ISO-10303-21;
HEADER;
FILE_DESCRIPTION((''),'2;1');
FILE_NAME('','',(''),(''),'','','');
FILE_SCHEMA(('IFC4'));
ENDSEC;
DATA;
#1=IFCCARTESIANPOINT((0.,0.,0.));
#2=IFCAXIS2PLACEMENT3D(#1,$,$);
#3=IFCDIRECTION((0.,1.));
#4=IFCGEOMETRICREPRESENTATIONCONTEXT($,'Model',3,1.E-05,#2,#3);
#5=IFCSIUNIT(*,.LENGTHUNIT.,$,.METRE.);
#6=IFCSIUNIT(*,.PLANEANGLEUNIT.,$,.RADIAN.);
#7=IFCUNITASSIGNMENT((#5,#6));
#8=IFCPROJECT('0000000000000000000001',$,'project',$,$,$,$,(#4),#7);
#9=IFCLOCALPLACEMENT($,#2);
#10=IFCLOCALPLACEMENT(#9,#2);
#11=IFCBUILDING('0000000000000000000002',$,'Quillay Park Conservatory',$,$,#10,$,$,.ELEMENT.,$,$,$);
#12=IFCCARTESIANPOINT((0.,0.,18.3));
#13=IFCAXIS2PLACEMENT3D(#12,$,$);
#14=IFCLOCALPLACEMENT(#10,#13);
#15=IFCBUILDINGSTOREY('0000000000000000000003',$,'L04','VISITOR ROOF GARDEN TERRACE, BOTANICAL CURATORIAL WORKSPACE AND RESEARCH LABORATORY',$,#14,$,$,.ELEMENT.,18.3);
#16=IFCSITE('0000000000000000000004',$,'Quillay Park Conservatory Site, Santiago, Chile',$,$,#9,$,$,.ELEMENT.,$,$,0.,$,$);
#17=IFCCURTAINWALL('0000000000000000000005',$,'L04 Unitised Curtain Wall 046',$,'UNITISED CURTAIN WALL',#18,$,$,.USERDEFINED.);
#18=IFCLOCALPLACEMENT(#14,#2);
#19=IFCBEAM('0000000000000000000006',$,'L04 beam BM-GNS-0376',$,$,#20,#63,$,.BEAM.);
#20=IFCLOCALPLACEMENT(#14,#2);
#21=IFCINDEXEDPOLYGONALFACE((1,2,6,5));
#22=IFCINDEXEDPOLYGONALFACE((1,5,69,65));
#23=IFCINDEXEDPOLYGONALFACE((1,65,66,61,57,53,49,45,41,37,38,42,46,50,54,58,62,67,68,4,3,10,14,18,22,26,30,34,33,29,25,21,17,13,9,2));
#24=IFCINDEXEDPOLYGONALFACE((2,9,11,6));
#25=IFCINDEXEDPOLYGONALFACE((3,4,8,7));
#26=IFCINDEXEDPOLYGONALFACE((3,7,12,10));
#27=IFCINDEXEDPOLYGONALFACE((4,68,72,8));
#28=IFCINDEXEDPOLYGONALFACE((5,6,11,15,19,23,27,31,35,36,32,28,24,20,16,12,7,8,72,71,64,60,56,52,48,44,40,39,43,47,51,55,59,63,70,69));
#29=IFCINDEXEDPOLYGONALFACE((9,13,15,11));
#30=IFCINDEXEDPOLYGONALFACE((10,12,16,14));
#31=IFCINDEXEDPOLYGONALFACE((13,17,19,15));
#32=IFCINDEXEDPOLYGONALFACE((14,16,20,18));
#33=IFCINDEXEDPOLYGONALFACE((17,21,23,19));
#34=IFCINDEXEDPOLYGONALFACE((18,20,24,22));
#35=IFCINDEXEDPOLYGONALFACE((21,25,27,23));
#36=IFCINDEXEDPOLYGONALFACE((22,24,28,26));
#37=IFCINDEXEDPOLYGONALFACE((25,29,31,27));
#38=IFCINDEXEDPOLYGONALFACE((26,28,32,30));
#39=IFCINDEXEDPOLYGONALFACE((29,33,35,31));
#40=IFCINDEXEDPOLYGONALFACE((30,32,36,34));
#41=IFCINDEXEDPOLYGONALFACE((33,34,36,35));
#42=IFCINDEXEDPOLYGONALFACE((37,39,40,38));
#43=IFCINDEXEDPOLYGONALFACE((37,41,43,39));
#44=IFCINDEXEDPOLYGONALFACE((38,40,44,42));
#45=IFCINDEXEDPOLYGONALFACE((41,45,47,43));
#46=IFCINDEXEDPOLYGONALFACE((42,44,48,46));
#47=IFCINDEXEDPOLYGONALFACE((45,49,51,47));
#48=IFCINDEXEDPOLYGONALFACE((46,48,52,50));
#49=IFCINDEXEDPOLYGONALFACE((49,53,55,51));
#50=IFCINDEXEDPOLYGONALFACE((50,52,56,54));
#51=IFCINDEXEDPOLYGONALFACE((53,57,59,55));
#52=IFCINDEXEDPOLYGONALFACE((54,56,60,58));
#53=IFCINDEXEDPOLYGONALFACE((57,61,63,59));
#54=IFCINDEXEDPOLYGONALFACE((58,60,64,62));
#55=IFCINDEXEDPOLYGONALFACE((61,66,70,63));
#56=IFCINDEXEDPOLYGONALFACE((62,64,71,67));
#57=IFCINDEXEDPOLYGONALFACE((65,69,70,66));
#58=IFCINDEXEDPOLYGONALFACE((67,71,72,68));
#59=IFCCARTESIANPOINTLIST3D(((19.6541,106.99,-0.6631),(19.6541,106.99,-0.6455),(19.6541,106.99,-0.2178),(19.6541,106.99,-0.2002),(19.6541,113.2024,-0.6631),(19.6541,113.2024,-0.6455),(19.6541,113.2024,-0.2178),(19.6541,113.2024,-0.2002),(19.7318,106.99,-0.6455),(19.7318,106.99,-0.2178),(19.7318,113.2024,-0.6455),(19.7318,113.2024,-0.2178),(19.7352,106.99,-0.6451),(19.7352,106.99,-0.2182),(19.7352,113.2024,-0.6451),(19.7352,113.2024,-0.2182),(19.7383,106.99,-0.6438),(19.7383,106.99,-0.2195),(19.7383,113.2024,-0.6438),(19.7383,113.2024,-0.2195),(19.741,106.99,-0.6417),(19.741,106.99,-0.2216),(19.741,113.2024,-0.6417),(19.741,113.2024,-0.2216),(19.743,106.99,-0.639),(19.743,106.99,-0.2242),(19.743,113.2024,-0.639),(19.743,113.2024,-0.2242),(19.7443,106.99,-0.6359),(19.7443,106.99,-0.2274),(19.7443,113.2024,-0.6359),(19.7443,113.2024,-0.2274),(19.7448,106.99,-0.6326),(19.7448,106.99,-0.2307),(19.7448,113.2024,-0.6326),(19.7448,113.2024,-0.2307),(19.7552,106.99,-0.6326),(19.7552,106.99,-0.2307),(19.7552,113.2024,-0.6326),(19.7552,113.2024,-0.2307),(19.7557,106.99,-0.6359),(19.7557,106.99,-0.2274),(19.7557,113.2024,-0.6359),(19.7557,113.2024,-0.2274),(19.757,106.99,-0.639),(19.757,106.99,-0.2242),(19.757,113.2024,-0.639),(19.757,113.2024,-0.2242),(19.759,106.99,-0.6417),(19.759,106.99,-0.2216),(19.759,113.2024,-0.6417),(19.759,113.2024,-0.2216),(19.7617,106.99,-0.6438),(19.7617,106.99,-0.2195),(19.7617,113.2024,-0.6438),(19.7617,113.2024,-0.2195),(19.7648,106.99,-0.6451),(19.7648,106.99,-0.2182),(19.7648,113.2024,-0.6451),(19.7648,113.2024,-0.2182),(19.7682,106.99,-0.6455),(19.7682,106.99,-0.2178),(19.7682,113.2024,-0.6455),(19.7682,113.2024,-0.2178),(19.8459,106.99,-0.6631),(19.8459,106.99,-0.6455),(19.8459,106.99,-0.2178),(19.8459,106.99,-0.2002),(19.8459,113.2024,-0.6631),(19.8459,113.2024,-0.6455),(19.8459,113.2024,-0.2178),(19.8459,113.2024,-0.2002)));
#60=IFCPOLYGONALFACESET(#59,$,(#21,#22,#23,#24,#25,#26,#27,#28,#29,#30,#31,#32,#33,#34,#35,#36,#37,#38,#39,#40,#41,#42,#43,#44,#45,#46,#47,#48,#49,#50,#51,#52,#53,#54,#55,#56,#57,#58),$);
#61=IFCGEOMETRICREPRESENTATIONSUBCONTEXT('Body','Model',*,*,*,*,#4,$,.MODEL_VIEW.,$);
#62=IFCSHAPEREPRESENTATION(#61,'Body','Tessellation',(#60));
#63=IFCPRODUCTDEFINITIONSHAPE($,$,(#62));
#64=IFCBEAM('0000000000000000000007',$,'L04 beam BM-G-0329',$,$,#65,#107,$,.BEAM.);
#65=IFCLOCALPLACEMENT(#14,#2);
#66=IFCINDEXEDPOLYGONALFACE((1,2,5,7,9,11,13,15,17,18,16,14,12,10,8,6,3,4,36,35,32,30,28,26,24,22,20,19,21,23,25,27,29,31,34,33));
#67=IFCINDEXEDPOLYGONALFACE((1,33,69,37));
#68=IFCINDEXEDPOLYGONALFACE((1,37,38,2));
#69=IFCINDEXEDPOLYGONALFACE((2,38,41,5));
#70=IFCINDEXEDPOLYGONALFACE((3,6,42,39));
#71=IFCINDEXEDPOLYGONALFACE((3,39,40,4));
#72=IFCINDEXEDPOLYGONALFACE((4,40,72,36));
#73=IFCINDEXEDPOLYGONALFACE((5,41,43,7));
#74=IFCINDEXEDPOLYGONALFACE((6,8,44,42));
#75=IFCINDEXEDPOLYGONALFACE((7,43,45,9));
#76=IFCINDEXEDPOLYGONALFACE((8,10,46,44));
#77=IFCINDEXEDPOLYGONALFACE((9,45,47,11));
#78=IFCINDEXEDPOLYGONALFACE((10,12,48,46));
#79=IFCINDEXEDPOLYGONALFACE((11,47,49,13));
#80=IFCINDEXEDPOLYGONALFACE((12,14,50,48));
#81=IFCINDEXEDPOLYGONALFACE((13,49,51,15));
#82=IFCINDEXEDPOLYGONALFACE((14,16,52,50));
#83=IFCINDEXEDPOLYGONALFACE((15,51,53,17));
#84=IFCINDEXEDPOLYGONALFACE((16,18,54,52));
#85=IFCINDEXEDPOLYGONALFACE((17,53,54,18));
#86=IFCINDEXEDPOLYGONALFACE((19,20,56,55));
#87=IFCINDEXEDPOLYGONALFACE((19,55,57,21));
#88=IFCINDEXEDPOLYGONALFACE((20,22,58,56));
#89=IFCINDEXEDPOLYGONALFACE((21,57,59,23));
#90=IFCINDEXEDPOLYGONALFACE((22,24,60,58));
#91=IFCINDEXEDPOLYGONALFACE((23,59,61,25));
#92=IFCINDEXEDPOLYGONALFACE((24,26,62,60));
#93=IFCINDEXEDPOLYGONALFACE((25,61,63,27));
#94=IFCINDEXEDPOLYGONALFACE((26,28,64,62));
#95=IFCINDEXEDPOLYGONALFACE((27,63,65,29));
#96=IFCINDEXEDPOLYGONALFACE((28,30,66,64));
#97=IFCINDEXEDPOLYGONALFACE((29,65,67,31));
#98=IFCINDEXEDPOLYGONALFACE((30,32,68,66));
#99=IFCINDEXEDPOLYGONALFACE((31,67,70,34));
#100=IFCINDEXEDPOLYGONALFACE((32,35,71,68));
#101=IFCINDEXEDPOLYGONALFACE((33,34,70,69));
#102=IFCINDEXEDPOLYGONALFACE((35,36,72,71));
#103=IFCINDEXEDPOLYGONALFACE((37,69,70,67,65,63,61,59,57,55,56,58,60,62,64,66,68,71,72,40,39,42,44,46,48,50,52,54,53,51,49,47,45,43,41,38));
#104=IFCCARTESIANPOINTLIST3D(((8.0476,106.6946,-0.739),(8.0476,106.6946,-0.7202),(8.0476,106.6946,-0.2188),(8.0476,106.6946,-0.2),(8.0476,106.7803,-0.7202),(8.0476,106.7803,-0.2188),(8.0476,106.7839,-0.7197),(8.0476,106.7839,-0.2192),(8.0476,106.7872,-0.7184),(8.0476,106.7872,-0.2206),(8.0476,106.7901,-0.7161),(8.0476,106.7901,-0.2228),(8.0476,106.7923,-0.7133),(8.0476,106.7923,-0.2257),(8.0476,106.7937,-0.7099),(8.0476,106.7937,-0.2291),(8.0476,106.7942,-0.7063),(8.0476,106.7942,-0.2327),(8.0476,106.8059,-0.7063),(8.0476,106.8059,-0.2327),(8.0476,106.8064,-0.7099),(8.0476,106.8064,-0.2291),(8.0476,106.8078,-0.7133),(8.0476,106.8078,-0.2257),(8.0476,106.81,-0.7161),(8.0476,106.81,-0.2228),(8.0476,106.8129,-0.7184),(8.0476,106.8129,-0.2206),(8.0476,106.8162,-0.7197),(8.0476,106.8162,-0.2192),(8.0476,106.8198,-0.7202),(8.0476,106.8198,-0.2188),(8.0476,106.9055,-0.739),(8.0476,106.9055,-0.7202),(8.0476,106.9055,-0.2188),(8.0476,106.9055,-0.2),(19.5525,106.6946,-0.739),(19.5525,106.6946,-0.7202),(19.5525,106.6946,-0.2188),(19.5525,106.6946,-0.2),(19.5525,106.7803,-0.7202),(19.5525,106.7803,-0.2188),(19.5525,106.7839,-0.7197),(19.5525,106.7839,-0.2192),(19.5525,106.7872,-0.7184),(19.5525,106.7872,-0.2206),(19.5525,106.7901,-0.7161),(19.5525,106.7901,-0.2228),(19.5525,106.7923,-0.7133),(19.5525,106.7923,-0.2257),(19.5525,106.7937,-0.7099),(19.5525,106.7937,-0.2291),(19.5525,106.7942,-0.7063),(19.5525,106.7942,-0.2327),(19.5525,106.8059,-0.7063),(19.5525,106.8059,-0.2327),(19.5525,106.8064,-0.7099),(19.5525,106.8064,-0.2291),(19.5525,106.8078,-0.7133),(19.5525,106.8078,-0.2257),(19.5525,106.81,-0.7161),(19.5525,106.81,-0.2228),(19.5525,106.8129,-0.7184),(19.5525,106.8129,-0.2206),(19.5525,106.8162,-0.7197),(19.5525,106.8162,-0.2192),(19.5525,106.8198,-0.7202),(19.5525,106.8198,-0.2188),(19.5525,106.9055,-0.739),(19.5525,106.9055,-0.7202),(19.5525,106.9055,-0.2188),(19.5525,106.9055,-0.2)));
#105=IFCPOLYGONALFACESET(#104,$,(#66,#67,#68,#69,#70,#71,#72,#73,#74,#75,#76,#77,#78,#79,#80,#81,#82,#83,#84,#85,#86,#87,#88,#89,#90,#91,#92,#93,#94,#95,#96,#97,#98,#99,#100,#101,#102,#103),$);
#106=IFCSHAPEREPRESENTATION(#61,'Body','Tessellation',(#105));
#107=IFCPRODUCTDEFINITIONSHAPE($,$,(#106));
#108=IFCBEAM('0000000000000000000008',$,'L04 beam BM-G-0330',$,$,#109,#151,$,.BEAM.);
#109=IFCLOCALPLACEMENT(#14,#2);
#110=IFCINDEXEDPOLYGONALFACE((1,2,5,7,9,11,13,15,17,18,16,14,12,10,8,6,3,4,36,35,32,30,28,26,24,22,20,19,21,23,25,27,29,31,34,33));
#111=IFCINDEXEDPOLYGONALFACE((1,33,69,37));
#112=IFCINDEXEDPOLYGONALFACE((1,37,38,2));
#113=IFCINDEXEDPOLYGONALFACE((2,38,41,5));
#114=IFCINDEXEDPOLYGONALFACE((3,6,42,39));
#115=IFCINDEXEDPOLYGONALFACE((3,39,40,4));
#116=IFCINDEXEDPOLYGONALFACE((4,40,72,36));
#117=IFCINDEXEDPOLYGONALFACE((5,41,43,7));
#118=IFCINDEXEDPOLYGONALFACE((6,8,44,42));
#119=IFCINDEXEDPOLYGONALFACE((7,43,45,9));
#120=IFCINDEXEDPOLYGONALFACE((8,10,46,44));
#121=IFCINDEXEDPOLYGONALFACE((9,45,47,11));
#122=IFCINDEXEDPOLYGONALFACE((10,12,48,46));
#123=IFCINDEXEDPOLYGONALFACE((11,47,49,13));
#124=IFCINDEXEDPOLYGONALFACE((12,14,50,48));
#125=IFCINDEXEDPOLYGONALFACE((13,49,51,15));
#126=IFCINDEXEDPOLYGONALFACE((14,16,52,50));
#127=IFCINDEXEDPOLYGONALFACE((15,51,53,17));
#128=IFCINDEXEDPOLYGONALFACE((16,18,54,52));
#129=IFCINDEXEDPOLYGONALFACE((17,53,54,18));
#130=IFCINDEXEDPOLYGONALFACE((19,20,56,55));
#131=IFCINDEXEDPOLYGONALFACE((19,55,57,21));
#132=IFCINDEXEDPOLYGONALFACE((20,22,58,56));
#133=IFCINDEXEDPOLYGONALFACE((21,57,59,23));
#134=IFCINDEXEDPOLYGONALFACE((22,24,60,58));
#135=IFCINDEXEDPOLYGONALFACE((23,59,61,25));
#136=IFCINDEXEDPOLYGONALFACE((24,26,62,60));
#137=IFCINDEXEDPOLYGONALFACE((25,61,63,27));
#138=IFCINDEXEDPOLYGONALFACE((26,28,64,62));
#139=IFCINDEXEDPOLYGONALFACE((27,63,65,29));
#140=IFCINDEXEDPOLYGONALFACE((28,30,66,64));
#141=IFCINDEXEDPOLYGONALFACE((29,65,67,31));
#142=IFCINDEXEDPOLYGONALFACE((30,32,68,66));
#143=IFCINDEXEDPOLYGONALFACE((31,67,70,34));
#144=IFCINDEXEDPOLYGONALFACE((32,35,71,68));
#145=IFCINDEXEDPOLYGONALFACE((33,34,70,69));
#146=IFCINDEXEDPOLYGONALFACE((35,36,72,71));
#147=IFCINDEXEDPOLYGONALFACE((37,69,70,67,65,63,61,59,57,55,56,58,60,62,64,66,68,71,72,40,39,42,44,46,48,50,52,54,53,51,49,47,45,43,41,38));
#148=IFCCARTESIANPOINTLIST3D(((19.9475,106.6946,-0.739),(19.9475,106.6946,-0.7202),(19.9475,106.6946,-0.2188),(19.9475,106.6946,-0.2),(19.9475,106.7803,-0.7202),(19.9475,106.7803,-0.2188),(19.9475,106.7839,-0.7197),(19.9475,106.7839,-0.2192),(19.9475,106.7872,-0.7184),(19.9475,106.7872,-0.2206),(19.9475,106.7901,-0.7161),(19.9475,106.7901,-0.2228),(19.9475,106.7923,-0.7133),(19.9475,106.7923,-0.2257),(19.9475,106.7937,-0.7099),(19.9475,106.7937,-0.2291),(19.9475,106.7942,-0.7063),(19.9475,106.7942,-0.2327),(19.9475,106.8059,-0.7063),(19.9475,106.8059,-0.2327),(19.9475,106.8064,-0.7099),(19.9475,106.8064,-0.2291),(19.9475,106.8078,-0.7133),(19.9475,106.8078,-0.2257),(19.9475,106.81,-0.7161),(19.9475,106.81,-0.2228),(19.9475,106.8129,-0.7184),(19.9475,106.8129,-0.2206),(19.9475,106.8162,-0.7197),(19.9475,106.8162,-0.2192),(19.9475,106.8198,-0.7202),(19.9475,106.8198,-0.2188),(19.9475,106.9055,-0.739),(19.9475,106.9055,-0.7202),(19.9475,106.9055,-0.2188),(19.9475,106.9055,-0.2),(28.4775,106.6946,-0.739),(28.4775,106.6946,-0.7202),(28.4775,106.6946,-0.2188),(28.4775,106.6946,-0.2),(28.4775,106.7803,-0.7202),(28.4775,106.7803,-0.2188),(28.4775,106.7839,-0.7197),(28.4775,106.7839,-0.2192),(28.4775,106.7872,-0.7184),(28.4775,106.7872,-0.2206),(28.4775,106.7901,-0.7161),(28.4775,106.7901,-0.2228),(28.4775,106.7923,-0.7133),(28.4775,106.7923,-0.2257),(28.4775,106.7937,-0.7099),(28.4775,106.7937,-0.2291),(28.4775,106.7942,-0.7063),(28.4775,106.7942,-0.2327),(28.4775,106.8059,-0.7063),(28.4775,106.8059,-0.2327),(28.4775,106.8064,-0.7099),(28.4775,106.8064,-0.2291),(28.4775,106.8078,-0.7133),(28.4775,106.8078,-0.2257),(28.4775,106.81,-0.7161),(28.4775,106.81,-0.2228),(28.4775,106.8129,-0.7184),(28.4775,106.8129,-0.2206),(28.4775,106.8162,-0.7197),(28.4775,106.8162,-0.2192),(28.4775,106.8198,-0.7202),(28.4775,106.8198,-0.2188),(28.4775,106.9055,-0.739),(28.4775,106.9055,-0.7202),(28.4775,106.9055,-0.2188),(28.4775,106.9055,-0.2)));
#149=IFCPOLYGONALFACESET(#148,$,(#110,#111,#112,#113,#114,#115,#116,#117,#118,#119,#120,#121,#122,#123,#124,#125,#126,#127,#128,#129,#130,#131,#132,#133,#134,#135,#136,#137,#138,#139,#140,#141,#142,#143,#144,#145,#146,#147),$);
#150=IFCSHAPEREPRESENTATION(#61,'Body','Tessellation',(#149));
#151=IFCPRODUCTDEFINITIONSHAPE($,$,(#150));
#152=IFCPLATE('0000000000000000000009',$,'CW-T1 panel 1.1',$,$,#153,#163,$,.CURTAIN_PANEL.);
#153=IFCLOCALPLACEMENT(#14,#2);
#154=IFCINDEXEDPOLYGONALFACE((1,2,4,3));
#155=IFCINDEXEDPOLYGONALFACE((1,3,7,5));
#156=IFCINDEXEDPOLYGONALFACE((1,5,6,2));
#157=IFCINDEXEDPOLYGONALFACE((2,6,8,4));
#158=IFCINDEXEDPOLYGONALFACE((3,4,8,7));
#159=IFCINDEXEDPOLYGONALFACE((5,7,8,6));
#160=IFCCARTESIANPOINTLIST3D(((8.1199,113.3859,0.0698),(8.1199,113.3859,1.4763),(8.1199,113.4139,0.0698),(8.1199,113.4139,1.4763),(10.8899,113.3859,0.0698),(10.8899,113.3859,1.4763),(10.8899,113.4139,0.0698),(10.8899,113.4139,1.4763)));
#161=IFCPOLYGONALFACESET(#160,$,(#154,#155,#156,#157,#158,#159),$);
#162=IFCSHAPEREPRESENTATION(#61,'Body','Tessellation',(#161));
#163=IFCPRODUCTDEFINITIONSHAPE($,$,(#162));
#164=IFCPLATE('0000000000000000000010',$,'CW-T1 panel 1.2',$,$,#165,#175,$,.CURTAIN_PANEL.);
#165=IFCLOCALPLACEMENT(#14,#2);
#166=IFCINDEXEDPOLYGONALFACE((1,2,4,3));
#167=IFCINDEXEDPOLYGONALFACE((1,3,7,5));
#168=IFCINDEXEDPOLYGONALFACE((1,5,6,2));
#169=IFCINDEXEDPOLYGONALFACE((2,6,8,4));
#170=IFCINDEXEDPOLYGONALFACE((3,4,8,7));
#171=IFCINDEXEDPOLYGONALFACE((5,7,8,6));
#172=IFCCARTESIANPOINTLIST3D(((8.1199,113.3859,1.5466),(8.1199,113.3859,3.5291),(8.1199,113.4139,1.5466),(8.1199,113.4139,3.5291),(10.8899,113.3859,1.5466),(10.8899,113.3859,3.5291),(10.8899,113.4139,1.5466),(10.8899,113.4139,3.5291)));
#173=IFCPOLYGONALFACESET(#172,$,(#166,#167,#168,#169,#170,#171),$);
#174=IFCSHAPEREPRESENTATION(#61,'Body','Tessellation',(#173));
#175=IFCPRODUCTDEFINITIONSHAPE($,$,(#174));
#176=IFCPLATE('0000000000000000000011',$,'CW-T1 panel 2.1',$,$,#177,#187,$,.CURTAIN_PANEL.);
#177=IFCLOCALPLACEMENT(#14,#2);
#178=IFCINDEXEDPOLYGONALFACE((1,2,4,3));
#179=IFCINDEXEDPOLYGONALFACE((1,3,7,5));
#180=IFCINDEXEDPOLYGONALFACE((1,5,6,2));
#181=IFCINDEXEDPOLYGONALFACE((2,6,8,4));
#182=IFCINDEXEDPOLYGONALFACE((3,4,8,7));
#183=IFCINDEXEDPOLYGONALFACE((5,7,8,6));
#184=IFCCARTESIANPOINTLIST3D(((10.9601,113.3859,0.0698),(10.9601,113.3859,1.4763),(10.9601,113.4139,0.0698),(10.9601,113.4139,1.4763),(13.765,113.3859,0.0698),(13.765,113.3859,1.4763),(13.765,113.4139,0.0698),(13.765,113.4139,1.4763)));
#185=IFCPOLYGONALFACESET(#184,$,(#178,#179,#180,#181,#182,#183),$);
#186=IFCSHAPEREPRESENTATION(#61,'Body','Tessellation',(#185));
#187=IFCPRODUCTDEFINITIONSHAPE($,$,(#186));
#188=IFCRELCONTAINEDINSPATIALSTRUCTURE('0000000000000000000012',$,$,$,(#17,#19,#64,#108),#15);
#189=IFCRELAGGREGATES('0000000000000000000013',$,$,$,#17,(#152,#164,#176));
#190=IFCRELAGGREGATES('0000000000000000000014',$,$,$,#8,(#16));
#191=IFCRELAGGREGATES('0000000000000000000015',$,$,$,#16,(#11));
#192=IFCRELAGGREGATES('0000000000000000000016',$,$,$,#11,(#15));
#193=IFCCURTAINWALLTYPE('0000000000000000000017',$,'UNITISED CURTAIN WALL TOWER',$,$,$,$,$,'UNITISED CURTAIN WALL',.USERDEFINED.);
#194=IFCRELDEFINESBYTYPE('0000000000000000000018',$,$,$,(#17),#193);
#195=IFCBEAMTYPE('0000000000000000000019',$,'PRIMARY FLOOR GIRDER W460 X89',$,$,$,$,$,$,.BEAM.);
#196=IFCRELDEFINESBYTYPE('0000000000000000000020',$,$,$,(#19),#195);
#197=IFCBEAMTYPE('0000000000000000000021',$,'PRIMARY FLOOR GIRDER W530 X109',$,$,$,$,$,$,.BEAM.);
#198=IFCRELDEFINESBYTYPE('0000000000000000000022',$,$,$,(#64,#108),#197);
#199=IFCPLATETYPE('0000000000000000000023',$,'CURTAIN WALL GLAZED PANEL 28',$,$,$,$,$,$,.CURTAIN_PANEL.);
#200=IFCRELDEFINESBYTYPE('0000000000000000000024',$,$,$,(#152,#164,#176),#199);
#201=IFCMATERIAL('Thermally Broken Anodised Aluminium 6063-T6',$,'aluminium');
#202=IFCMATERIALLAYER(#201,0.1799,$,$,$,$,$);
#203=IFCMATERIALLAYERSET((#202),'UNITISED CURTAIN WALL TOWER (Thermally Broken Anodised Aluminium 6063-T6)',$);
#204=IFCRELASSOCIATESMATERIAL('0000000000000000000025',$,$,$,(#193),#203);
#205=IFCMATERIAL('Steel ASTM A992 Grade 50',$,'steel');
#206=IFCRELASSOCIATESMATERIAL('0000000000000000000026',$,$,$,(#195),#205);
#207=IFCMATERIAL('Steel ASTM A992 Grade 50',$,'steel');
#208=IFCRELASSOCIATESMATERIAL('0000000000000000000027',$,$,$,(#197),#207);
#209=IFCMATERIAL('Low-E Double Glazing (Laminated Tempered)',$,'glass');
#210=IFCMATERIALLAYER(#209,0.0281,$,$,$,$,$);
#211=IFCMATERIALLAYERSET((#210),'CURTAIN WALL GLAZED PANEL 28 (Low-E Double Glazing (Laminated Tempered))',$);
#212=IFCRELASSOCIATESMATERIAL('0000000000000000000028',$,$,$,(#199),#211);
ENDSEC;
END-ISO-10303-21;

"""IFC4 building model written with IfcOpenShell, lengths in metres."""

from ifc_helpers import new_model, si_unit, direction, frame, origin, origin_2d, place, context, subcontext, project, spatial, rectangle, i_section, extrude, material, layer, layer_set, material_profile, profile_set, type_object, element, aggregate, save


model = new_model("IFC4")

# Units and contexts
model_context = context("Model", 3, precision=1e-05, world=origin(), true_north=direction((0.0, 1.0)))
body_context = subcontext(model_context, "Body", "Model", "MODEL_VIEW")
ifc_project = project(units=[si_unit("LENGTHUNIT", "METRE"), si_unit("PLANEANGLEUNIT", "RADIAN")], contexts=[model_context])

# Site, building, storey
site_placement = place(None, origin())
site = spatial("IfcSite", under=ifc_project, at=site_placement, Name="Quillay Park Conservatory Site, Santiago, Chile", CompositionType="ELEMENT", RefElevation=0.0)
building_placement = place(site_placement, origin())
building = spatial("IfcBuilding", under=site, at=building_placement, Name="Quillay Park Conservatory", CompositionType="ELEMENT")
storey_placement = place(building_placement, frame((0.0, 0.0, 18.3)))
storey = spatial("IfcBuildingStorey", under=building, at=storey_placement, Name="L04", Description="VISITOR ROOF GARDEN TERRACE, BOTANICAL CURATORIAL WORKSPACE AND RESEARCH LABORATORY", CompositionType="ELEMENT", Elevation=18.3)

# Curtain wall
ifc_material_1 = material(Name="Thermally Broken Anodised Aluminium 6063-T6", Category="aluminium")
ifc_layer_1 = layer(ifc_material_1, 0.1799)
ifc_layer_set_1 = layer_set([ifc_layer_1], Name="UNITISED CURTAIN WALL TOWER (Thermally Broken Anodised Aluminium 6063-T6)")
curtain_wall_type = type_object("IfcCurtainWallType", Name="UNITISED CURTAIN WALL TOWER", ElementType="UNITISED CURTAIN WALL", PredefinedType="USERDEFINED", material=ifc_layer_set_1)
curtain_wall_placement = place(storey_placement, origin())
curtain_wall = element("IfcCurtainWall", 1, at=curtain_wall_placement, inside=storey, type_object=curtain_wall_type, Name="L04 Unitised Curtain Wall 046", ObjectType="UNITISED CURTAIN WALL", PredefinedType="USERDEFINED")

# Beams
ifc_material_2 = material(Name="Steel ASTM A992 Grade 50", Category="steel")
ifc_material_profile_1 = material_profile(ifc_material_2, i_section(OverallWidth=0.1919, OverallDepth=0.4629, WebThickness=0.0105, FlangeThickness=0.0176, FilletRadius=0.0129, at=origin_2d()), Name="W460x89")
ifc_profile_set_1 = profile_set([ifc_material_profile_1], Name="Steel ASTM A992 Grade 50")
beam_type_1 = type_object("IfcBeamType", Name="PRIMARY FLOOR GIRDER W460 X89", PredefinedType="BEAM", material=ifc_profile_set_1)
beam_1_placement = place(storey_placement, frame((19.75, 106.99, -0.4316), z_axis=(0.0, 1.0, 0.0), x_axis=(-1.0, 0.0, 0.0)))
element("IfcBeam", 2, at=beam_1_placement, inside=storey, type_object=beam_type_1, Name="L04 beam BM-GNS-0376", PredefinedType="BEAM", context=body_context, shape_type="SweptSolid", body=[
    extrude(i_section(OverallWidth=0.1919, OverallDepth=0.4629, WebThickness=0.0105, FlangeThickness=0.0176, FilletRadius=0.0129, at=origin_2d()), origin(), (0.0, 0.0, 1.0), 6.2124),
])
ifc_material_3 = material(Name="Steel ASTM A992 Grade 50", Category="steel")
ifc_material_profile_2 = material_profile(ifc_material_3, i_section(OverallWidth=0.2109, OverallDepth=0.5391, WebThickness=0.0117, FlangeThickness=0.0188, FilletRadius=0.0139, at=origin_2d()), Name="W530x109")
ifc_profile_set_2 = profile_set([ifc_material_profile_2], Name="Steel ASTM A992 Grade 50")
beam_type_2 = type_object("IfcBeamType", Name="PRIMARY FLOOR GIRDER W530 X109", PredefinedType="BEAM", material=ifc_profile_set_2)
beam_2_placement = place(storey_placement, frame((8.0476, 106.8, -0.4695), z_axis=(1.0, 0.0, 0.0), x_axis=(0.0, 1.0, 0.0)))
element("IfcBeam", 3, at=beam_2_placement, inside=storey, type_object=beam_type_2, Name="L04 beam BM-G-0329", PredefinedType="BEAM", context=body_context, shape_type="SweptSolid", body=[
    extrude(i_section(OverallWidth=0.2109, OverallDepth=0.5391, WebThickness=0.0117, FlangeThickness=0.0188, FilletRadius=0.0139, at=origin_2d()), origin(), (0.0, 0.0, 1.0), 11.5049),
])
beam_3_placement = place(storey_placement, frame((19.9475, 106.8, -0.4695), z_axis=(1.0, 0.0, 0.0), x_axis=(0.0, 1.0, 0.0)))
element("IfcBeam", 4, at=beam_3_placement, inside=storey, type_object=beam_type_2, Name="L04 beam BM-G-0330", PredefinedType="BEAM", context=body_context, shape_type="SweptSolid", body=[
    extrude(i_section(OverallWidth=0.2109, OverallDepth=0.5391, WebThickness=0.0117, FlangeThickness=0.0188, FilletRadius=0.0139, at=origin_2d()), origin(), (0.0, 0.0, 1.0), 8.53),
])

# Plates
ifc_material_4 = material(Name="Low-E Double Glazing (Laminated Tempered)", Category="glass")
ifc_layer_2 = layer(ifc_material_4, 0.0281)
ifc_layer_set_2 = layer_set([ifc_layer_2], Name="CURTAIN WALL GLAZED PANEL 28 (Low-E Double Glazing (Laminated Tempered))")
plate_type = type_object("IfcPlateType", Name="CURTAIN WALL GLAZED PANEL 28", PredefinedType="CURTAIN_PANEL", material=ifc_layer_set_2)
plate_1_placement = place(storey_placement, frame((9.5049, 113.3999, 0.0698), z_axis=(0.0, 0.0, 1.0), x_axis=(1.0, 0.0, 0.0)))
plate_1 = element("IfcPlate", 5, at=plate_1_placement, type_object=plate_type, Name="CW-T1 panel 1.1", PredefinedType="CURTAIN_PANEL", context=body_context, shape_type="SweptSolid", body=[
    extrude(rectangle(XDim=2.77, YDim=0.0281, at=origin_2d()), origin(), (0.0, 0.0, 1.0), 1.4065),
])
plate_2_placement = place(storey_placement, frame((9.5049, 113.3999, 1.5466), z_axis=(0.0, 0.0, 1.0), x_axis=(1.0, 0.0, 0.0)))
plate_2 = element("IfcPlate", 6, at=plate_2_placement, type_object=plate_type, Name="CW-T1 panel 1.2", PredefinedType="CURTAIN_PANEL", context=body_context, shape_type="SweptSolid", body=[
    extrude(rectangle(XDim=2.77, YDim=0.0281, at=origin_2d()), origin(), (0.0, 0.0, 1.0), 1.9824),
])
plate_3_placement = place(storey_placement, frame((12.3625, 113.3999, 0.0698), z_axis=(0.0, 0.0, 1.0), x_axis=(1.0, 0.0, 0.0)))
plate_3 = element("IfcPlate", 7, at=plate_3_placement, type_object=plate_type, Name="CW-T1 panel 2.1", PredefinedType="CURTAIN_PANEL", context=body_context, shape_type="SweptSolid", body=[
    extrude(rectangle(XDim=2.8049, YDim=0.0281, at=origin_2d()), origin(), (0.0, 0.0, 1.0), 1.4065),
])
aggregate(curtain_wall, [plate_1, plate_2, plate_3])

save(model, "model.ifc")
